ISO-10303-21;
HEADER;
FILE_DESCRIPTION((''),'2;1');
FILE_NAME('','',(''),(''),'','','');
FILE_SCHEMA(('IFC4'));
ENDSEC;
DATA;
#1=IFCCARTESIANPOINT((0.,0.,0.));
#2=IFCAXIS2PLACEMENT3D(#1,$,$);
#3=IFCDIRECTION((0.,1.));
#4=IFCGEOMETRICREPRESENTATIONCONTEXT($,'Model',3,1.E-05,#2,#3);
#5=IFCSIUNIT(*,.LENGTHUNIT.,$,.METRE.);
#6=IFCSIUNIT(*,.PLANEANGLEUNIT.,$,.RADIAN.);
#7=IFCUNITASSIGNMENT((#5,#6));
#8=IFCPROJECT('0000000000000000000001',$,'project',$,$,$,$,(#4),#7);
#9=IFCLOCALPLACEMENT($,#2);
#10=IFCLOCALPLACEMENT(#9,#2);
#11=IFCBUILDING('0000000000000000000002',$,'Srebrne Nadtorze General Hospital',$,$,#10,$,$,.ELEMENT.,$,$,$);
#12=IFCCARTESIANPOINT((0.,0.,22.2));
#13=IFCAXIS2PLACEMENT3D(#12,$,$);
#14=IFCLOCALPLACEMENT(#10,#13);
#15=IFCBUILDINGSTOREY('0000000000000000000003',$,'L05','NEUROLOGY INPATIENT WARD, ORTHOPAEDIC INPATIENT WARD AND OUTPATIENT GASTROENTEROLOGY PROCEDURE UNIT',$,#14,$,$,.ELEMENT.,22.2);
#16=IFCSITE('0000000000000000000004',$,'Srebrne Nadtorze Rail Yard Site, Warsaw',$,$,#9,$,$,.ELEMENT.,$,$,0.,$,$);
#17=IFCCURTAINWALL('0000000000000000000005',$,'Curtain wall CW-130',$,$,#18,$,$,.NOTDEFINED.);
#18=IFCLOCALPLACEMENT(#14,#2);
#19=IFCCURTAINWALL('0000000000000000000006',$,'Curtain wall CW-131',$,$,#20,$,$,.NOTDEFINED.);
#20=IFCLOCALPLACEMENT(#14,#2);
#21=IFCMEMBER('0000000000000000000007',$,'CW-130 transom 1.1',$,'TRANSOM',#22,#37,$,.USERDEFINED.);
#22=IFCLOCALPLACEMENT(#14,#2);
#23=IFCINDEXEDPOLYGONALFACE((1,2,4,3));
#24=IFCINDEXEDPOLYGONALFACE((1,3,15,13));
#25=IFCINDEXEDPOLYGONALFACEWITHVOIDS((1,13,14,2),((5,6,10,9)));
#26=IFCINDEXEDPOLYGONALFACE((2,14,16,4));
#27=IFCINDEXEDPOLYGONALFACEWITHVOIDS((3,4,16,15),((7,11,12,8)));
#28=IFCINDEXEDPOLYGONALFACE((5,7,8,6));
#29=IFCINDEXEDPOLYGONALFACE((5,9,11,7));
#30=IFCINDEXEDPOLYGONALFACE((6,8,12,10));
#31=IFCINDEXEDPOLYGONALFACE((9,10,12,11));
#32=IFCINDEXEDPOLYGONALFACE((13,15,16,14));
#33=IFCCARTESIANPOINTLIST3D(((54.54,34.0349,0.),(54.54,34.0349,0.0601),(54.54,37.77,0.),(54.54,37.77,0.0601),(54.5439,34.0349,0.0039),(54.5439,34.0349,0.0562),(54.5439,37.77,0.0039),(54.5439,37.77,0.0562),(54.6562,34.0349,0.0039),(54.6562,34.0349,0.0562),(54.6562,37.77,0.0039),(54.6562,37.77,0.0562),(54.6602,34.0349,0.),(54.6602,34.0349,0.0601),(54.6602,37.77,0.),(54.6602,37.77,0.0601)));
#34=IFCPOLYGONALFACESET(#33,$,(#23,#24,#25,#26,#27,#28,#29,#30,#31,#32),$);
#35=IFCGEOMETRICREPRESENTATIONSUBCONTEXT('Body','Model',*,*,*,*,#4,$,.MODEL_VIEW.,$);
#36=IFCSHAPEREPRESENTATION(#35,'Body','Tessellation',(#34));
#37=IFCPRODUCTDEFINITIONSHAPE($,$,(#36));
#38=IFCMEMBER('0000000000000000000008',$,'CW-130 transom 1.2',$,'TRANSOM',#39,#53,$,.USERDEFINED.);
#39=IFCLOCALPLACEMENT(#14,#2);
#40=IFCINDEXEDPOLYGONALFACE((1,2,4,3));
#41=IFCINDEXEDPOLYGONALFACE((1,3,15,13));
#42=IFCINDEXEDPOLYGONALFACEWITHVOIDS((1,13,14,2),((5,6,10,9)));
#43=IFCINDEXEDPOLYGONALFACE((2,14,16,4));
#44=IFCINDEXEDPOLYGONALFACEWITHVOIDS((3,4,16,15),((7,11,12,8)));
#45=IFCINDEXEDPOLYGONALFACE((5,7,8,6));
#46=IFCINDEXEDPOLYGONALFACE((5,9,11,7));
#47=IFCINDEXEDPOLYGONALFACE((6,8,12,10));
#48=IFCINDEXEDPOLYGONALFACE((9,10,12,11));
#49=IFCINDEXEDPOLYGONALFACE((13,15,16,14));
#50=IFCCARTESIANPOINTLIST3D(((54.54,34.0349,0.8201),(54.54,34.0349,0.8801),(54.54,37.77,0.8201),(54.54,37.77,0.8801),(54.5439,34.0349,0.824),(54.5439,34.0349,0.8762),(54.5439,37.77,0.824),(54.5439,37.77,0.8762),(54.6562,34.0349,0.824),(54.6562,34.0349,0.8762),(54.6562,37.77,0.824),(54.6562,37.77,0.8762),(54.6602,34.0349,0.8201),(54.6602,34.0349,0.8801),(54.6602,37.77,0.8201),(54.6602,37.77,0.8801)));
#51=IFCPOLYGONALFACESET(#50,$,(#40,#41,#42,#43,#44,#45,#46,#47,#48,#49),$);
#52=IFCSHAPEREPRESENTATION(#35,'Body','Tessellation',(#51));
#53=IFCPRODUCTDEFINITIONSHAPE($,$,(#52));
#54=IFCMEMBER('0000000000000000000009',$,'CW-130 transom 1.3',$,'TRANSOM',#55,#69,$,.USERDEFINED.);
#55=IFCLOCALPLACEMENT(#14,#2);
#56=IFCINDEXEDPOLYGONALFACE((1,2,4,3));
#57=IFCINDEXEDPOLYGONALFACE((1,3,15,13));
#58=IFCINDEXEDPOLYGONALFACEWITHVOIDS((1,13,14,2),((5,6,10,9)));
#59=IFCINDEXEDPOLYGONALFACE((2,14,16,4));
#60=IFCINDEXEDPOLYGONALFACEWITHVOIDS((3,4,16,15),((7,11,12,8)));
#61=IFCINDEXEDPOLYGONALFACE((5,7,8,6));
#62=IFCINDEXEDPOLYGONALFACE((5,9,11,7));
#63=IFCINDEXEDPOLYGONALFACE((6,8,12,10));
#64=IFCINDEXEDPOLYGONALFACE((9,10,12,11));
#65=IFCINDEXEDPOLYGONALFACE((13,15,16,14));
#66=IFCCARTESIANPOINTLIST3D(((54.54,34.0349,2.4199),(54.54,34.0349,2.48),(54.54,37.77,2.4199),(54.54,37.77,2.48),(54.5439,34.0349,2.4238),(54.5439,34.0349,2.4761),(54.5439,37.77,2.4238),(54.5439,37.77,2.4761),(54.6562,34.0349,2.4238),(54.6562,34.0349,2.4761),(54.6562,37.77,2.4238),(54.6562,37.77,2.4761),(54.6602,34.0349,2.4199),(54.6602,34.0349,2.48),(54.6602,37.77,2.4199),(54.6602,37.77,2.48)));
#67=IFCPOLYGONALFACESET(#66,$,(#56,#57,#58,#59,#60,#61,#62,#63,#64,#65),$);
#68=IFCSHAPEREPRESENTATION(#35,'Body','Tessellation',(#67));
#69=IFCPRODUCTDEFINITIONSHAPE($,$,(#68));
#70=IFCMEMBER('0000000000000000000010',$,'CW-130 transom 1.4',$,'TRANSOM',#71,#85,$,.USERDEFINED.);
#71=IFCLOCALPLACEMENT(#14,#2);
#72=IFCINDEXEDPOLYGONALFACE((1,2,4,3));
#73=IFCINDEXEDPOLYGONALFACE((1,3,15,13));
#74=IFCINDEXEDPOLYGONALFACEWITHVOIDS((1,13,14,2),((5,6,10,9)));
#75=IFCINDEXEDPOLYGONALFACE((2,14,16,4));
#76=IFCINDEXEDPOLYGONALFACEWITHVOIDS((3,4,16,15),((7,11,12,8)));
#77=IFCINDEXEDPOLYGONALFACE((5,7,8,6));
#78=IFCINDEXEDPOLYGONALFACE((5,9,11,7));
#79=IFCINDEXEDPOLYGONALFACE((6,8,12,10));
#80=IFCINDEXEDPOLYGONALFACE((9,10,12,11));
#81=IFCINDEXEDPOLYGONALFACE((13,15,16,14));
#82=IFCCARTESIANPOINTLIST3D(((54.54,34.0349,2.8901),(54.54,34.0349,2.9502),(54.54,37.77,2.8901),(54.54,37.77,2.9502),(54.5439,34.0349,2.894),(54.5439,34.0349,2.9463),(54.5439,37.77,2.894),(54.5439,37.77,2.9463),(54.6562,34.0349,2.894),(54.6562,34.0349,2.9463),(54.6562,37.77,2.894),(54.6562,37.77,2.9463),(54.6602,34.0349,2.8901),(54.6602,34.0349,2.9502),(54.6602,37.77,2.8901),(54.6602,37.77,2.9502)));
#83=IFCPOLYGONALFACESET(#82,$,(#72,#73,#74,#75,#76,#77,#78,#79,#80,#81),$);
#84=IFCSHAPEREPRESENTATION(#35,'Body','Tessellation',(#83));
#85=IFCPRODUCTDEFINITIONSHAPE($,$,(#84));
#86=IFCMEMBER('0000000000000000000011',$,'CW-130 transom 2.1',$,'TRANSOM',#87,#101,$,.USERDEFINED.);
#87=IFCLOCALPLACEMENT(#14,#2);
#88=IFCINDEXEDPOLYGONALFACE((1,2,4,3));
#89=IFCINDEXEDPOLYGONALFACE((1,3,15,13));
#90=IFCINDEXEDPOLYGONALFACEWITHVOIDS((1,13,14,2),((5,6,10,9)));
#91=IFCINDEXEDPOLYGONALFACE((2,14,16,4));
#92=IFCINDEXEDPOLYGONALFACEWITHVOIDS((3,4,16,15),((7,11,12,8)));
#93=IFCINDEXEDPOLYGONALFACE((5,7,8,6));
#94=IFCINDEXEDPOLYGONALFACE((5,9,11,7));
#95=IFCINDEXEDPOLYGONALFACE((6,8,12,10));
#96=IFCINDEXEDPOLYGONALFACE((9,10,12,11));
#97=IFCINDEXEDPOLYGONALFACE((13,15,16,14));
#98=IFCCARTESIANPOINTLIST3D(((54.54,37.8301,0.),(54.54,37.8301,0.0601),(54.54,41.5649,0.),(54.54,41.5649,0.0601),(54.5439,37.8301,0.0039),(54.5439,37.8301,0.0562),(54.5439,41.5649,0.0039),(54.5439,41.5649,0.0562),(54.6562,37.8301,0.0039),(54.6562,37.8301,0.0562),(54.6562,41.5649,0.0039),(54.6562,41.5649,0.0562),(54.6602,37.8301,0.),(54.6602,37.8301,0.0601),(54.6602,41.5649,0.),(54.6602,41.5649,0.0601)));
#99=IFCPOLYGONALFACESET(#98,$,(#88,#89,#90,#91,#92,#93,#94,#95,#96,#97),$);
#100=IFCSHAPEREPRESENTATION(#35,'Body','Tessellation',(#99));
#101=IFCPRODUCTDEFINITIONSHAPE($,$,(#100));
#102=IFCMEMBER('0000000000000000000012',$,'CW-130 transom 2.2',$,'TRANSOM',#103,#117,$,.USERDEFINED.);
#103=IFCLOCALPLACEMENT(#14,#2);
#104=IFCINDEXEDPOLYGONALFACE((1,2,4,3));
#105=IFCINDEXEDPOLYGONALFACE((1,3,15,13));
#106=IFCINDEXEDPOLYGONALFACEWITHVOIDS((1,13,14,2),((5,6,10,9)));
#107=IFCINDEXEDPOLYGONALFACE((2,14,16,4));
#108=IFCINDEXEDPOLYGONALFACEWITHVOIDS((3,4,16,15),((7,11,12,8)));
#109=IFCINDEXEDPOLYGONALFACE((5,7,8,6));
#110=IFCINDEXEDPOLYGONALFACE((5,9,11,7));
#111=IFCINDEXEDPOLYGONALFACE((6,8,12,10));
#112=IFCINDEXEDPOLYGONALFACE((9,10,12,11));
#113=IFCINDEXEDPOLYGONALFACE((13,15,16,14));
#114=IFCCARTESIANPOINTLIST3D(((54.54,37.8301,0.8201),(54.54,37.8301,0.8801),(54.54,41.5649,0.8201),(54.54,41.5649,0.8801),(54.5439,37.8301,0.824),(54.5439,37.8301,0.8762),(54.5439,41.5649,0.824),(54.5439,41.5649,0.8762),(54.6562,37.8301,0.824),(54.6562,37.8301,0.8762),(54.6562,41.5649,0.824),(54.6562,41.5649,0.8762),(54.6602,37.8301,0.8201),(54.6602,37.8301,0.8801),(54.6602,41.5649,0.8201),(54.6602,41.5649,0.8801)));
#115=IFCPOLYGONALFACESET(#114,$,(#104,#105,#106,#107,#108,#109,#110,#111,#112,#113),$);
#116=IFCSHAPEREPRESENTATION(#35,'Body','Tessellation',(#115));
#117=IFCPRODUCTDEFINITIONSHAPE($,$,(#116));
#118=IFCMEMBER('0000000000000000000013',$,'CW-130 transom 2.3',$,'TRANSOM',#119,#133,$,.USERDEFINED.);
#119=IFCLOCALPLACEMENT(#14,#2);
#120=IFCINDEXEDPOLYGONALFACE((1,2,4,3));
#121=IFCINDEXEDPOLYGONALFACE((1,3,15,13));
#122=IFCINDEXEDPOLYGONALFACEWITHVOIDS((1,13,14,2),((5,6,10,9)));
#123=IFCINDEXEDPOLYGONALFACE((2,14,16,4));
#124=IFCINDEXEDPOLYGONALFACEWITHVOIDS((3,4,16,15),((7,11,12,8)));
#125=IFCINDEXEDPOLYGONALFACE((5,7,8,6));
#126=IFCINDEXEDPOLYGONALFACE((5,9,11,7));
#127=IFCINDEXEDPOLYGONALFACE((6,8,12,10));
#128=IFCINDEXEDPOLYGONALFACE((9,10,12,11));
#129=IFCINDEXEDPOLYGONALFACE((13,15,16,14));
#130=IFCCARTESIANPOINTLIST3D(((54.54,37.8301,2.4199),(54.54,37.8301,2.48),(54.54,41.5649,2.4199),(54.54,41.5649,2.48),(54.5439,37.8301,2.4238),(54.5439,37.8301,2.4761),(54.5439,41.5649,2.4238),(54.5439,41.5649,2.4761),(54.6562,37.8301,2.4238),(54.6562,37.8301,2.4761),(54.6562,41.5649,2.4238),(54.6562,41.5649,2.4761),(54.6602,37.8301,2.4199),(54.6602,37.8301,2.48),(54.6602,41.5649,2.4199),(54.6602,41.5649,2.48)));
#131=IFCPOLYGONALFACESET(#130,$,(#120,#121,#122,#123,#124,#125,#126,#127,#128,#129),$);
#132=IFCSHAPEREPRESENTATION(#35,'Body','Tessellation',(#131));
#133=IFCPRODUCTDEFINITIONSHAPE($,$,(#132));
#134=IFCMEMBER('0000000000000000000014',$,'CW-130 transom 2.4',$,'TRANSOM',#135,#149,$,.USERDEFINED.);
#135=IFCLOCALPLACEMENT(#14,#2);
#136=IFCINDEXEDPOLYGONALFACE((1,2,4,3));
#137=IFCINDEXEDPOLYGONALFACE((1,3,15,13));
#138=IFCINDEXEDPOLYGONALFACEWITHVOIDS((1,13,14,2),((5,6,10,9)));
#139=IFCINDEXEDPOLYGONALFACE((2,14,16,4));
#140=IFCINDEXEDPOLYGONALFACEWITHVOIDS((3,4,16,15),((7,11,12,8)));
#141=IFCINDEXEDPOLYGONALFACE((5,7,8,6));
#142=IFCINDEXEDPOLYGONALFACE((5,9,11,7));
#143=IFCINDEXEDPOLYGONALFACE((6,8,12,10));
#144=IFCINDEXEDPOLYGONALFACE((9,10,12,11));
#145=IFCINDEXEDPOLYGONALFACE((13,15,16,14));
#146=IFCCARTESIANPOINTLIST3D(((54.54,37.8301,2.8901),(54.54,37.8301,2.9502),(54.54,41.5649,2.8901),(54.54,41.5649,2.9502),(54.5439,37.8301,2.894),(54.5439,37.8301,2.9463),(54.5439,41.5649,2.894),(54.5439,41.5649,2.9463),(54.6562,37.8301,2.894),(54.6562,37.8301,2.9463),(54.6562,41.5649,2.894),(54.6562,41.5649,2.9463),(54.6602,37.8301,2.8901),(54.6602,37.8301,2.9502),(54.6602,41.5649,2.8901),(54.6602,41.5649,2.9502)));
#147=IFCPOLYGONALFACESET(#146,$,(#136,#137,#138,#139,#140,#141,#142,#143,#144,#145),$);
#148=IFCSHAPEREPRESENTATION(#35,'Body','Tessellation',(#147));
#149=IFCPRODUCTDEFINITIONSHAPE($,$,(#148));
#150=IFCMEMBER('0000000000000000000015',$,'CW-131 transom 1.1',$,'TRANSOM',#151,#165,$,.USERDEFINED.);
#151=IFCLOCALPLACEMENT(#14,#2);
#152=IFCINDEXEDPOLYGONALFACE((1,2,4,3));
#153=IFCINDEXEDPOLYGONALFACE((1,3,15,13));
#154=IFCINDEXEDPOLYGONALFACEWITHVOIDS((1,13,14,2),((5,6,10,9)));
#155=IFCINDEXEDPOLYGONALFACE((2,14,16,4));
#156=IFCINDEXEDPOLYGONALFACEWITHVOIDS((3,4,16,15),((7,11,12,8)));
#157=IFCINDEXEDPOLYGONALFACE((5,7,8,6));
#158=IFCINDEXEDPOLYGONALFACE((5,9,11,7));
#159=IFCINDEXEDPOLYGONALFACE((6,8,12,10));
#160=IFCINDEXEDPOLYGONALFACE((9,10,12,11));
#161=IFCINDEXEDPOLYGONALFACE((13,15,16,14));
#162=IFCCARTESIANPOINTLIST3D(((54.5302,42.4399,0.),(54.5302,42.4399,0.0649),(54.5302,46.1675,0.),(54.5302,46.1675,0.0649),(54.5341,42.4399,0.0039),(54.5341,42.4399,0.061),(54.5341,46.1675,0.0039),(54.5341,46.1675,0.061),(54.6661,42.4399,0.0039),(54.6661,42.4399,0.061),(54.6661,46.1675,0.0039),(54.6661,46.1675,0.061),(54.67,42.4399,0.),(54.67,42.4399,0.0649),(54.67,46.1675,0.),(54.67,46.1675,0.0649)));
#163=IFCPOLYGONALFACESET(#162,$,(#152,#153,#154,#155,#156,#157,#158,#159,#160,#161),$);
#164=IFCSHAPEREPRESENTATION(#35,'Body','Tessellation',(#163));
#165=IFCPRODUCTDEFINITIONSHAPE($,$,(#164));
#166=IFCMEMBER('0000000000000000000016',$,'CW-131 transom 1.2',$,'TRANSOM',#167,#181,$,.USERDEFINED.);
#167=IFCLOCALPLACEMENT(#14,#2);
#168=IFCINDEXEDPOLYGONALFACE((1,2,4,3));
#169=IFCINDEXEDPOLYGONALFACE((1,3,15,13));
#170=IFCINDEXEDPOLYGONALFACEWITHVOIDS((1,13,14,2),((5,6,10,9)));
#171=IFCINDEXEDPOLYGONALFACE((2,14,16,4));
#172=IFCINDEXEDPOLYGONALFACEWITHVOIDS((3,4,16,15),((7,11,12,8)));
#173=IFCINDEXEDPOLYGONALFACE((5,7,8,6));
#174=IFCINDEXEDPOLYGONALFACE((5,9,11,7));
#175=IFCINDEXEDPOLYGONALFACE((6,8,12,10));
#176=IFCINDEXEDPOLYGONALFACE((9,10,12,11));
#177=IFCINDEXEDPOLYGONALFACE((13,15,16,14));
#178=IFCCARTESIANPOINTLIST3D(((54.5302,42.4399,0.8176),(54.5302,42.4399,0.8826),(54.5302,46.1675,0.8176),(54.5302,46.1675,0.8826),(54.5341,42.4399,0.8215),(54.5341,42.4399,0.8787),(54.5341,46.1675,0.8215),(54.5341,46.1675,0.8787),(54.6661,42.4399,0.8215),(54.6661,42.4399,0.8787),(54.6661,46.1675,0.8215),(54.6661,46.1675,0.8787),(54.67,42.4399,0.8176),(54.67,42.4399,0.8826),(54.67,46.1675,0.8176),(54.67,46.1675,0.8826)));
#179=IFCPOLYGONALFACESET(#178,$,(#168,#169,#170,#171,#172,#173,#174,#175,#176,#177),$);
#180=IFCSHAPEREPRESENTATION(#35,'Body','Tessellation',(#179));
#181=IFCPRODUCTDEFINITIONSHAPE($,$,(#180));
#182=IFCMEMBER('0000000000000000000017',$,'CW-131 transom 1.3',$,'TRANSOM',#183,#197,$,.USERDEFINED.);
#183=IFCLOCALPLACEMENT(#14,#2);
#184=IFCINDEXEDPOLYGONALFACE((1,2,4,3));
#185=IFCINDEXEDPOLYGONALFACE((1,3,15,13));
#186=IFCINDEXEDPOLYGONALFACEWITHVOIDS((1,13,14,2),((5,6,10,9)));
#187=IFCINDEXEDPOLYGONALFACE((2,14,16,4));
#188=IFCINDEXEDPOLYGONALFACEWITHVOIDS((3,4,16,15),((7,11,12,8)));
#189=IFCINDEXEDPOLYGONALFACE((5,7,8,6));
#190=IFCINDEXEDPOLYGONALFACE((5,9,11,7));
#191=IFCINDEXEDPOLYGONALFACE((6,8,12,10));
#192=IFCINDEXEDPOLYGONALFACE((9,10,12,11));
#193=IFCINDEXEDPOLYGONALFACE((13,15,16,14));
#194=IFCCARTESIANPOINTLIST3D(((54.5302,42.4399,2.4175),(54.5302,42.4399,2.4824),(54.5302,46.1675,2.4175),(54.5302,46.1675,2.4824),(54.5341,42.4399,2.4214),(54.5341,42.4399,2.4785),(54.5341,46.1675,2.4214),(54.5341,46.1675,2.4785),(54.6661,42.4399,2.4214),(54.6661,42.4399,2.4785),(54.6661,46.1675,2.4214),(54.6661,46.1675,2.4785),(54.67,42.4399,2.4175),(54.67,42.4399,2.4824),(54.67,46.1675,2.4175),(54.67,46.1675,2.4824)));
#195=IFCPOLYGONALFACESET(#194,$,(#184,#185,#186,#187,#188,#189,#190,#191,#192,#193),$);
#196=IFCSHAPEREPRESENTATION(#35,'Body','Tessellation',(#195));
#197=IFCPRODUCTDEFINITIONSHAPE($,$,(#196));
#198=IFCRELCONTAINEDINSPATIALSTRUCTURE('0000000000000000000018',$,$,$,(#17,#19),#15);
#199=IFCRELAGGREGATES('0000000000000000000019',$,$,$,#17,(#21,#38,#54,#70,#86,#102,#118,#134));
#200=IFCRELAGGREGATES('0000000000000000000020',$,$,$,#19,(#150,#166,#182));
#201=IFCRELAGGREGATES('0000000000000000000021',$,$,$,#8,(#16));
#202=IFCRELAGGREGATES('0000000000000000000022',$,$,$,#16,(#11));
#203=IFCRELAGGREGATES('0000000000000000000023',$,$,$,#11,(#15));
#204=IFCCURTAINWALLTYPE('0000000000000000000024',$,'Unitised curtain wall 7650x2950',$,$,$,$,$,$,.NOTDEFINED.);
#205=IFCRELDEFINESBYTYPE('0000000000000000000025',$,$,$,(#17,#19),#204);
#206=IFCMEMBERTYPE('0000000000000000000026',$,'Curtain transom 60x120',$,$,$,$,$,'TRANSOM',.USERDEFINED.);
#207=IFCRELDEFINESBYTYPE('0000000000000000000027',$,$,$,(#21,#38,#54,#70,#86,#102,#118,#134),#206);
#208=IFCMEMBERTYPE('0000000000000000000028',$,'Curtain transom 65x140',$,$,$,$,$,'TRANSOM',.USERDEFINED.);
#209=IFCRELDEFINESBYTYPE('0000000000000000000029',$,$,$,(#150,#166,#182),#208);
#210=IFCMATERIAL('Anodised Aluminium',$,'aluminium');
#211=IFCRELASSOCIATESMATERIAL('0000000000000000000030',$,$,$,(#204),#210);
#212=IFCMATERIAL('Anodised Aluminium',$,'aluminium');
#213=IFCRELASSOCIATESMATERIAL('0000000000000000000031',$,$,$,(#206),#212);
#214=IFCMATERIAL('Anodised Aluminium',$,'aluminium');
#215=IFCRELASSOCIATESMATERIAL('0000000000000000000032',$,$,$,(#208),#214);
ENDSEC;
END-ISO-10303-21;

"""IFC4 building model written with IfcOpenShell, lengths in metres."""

from ifc_helpers import new_model, si_unit, direction, frame, origin, origin_2d, place, context, subcontext, project, spatial, hollow_rectangle, extrude, material, material_profile, profile_set, type_object, element, aggregate, save


model = new_model("IFC4")

# Units and contexts
model_context = context("Model", 3, precision=1e-05, world=origin(), true_north=direction((0.0, 1.0)))
body_context = subcontext(model_context, "Body", "Model", "MODEL_VIEW")
ifc_project = project(units=[si_unit("LENGTHUNIT", "METRE"), si_unit("PLANEANGLEUNIT", "RADIAN")], contexts=[model_context])

# Site, building, storey
site_placement = place(None, origin())
site = spatial("IfcSite", under=ifc_project, at=site_placement, Name="Srebrne Nadtorze Rail Yard Site, Warsaw", CompositionType="ELEMENT", RefElevation=0.0)
building_placement = place(site_placement, origin())
building = spatial("IfcBuilding", under=site, at=building_placement, Name="Srebrne Nadtorze General Hospital", CompositionType="ELEMENT")
storey_placement = place(building_placement, frame((0.0, 0.0, 22.2)))
storey = spatial("IfcBuildingStorey", under=building, at=storey_placement, Name="L05", Description="NEUROLOGY INPATIENT WARD, ORTHOPAEDIC INPATIENT WARD AND OUTPATIENT GASTROENTEROLOGY PROCEDURE UNIT", CompositionType="ELEMENT", Elevation=22.2)

# Curtain walls
ifc_material_1 = material(Name="Anodised Aluminium", Category="aluminium")
curtain_wall_type_1 = type_object("IfcCurtainWallType", Name="Unitised curtain wall 7650x2950", PredefinedType="NOTDEFINED", material=ifc_material_1)
curtain_wall_1_placement = place(storey_placement, origin())
curtain_wall_1 = element("IfcCurtainWall", 1, at=curtain_wall_1_placement, inside=storey, type_object=curtain_wall_type_1, Name="Curtain wall CW-130", PredefinedType="NOTDEFINED")
curtain_wall_2_placement = place(storey_placement, origin())
curtain_wall_2 = element("IfcCurtainWall", 2, at=curtain_wall_2_placement, inside=storey, type_object=curtain_wall_type_1, Name="Curtain wall CW-131", PredefinedType="NOTDEFINED")

# Members
ifc_material_2 = material(Name="Anodised Aluminium", Category="aluminium")
ifc_material_profile_1 = material_profile(ifc_material_2, hollow_rectangle(XDim=0.0601, YDim=0.1201, WallThickness=0.0039, at=origin_2d()), Name="AL-TRN-60x120")
ifc_profile_set_1 = profile_set([ifc_material_profile_1], Name="Anodised Aluminium")
member_type_1 = type_object("IfcMemberType", Name="Curtain transom 60x120", ElementType="TRANSOM", PredefinedType="USERDEFINED", material=ifc_profile_set_1)
member_1_placement = place(storey_placement, frame((54.6001, 34.0349, 0.03), z_axis=(0.0, 1.0, 0.0), x_axis=(0.0, 0.0, 1.0)))
member_1 = element("IfcMember", 3, at=member_1_placement, type_object=member_type_1, Name="CW-130 transom 1.1", ObjectType="TRANSOM", PredefinedType="USERDEFINED", context=body_context, shape_type="SweptSolid", body=[
    extrude(hollow_rectangle(XDim=0.0601, YDim=0.1201, WallThickness=0.0039, at=origin_2d()), origin(), (0.0, 0.0, 1.0), 3.7351),
])
member_2_placement = place(storey_placement, frame((54.6001, 34.0349, 0.8501), z_axis=(0.0, 1.0, 0.0), x_axis=(0.0, 0.0, 1.0)))
member_2 = element("IfcMember", 4, at=member_2_placement, type_object=member_type_1, Name="CW-130 transom 1.2", ObjectType="TRANSOM", PredefinedType="USERDEFINED", context=body_context, shape_type="SweptSolid", body=[
    extrude(hollow_rectangle(XDim=0.0601, YDim=0.1201, WallThickness=0.0039, at=origin_2d()), origin(), (0.0, 0.0, 1.0), 3.7351),
])
member_3_placement = place(storey_placement, frame((54.6001, 34.0349, 2.45), z_axis=(0.0, 1.0, 0.0), x_axis=(0.0, 0.0, 1.0)))
member_3 = element("IfcMember", 5, at=member_3_placement, type_object=member_type_1, Name="CW-130 transom 1.3", ObjectType="TRANSOM", PredefinedType="USERDEFINED", context=body_context, shape_type="SweptSolid", body=[
    extrude(hollow_rectangle(XDim=0.0601, YDim=0.1201, WallThickness=0.0039, at=origin_2d()), origin(), (0.0, 0.0, 1.0), 3.7351),
])
member_4_placement = place(storey_placement, frame((54.6001, 34.0349, 2.9202), z_axis=(0.0, 1.0, 0.0), x_axis=(0.0, 0.0, 1.0)))
member_4 = element("IfcMember", 6, at=member_4_placement, type_object=member_type_1, Name="CW-130 transom 1.4", ObjectType="TRANSOM", PredefinedType="USERDEFINED", context=body_context, shape_type="SweptSolid", body=[
    extrude(hollow_rectangle(XDim=0.0601, YDim=0.1201, WallThickness=0.0039, at=origin_2d()), origin(), (0.0, 0.0, 1.0), 3.7351),
])
member_5_placement = place(storey_placement, frame((54.6001, 37.8301, 0.03), z_axis=(0.0, 1.0, 0.0), x_axis=(0.0, 0.0, 1.0)))
member_5 = element("IfcMember", 7, at=member_5_placement, type_object=member_type_1, Name="CW-130 transom 2.1", ObjectType="TRANSOM", PredefinedType="USERDEFINED", context=body_context, shape_type="SweptSolid", body=[
    extrude(hollow_rectangle(XDim=0.0601, YDim=0.1201, WallThickness=0.0039, at=origin_2d()), origin(), (0.0, 0.0, 1.0), 3.7349),
])
member_6_placement = place(storey_placement, frame((54.6001, 37.8301, 0.8501), z_axis=(0.0, 1.0, 0.0), x_axis=(0.0, 0.0, 1.0)))
member_6 = element("IfcMember", 8, at=member_6_placement, type_object=member_type_1, Name="CW-130 transom 2.2", ObjectType="TRANSOM", PredefinedType="USERDEFINED", context=body_context, shape_type="SweptSolid", body=[
    extrude(hollow_rectangle(XDim=0.0601, YDim=0.1201, WallThickness=0.0039, at=origin_2d()), origin(), (0.0, 0.0, 1.0), 3.7349),
])
member_7_placement = place(storey_placement, frame((54.6001, 37.8301, 2.45), z_axis=(0.0, 1.0, 0.0), x_axis=(0.0, 0.0, 1.0)))
member_7 = element("IfcMember", 9, at=member_7_placement, type_object=member_type_1, Name="CW-130 transom 2.3", ObjectType="TRANSOM", PredefinedType="USERDEFINED", context=body_context, shape_type="SweptSolid", body=[
    extrude(hollow_rectangle(XDim=0.0601, YDim=0.1201, WallThickness=0.0039, at=origin_2d()), origin(), (0.0, 0.0, 1.0), 3.7349),
])
member_8_placement = place(storey_placement, frame((54.6001, 37.8301, 2.9202), z_axis=(0.0, 1.0, 0.0), x_axis=(0.0, 0.0, 1.0)))
member_8 = element("IfcMember", 10, at=member_8_placement, type_object=member_type_1, Name="CW-130 transom 2.4", ObjectType="TRANSOM", PredefinedType="USERDEFINED", context=body_context, shape_type="SweptSolid", body=[
    extrude(hollow_rectangle(XDim=0.0601, YDim=0.1201, WallThickness=0.0039, at=origin_2d()), origin(), (0.0, 0.0, 1.0), 3.7349),
])
ifc_material_3 = material(Name="Anodised Aluminium", Category="aluminium")
ifc_material_profile_2 = material_profile(ifc_material_3, hollow_rectangle(XDim=0.0649, YDim=0.1399, WallThickness=0.0039, at=origin_2d()), Name="AL-TRN-65x140")
ifc_profile_set_2 = profile_set([ifc_material_profile_2], Name="Anodised Aluminium")
member_type_2 = type_object("IfcMemberType", Name="Curtain transom 65x140", ElementType="TRANSOM", PredefinedType="USERDEFINED", material=ifc_profile_set_2)
member_9_placement = place(storey_placement, frame((54.6001, 42.4399, 0.0325), z_axis=(0.0, 1.0, 0.0), x_axis=(0.0, 0.0, 1.0)))
member_9 = element("IfcMember", 11, at=member_9_placement, type_object=member_type_2, Name="CW-131 transom 1.1", ObjectType="TRANSOM", PredefinedType="USERDEFINED", context=body_context, shape_type="SweptSolid", body=[
    extrude(hollow_rectangle(XDim=0.0649, YDim=0.1399, WallThickness=0.0039, at=origin_2d()), origin(), (0.0, 0.0, 1.0), 3.7275),
])
member_10_placement = place(storey_placement, frame((54.6001, 42.4399, 0.8501), z_axis=(0.0, 1.0, 0.0), x_axis=(0.0, 0.0, 1.0)))
member_10 = element("IfcMember", 12, at=member_10_placement, type_object=member_type_2, Name="CW-131 transom 1.2", ObjectType="TRANSOM", PredefinedType="USERDEFINED", context=body_context, shape_type="SweptSolid", body=[
    extrude(hollow_rectangle(XDim=0.0649, YDim=0.1399, WallThickness=0.0039, at=origin_2d()), origin(), (0.0, 0.0, 1.0), 3.7275),
])
member_11_placement = place(storey_placement, frame((54.6001, 42.4399, 2.45), z_axis=(0.0, 1.0, 0.0), x_axis=(0.0, 0.0, 1.0)))
member_11 = element("IfcMember", 13, at=member_11_placement, type_object=member_type_2, Name="CW-131 transom 1.3", ObjectType="TRANSOM", PredefinedType="USERDEFINED", context=body_context, shape_type="SweptSolid", body=[
    extrude(hollow_rectangle(XDim=0.0649, YDim=0.1399, WallThickness=0.0039, at=origin_2d()), origin(), (0.0, 0.0, 1.0), 3.7275),
])

aggregate(curtain_wall_1, [member_1, member_2, member_3, member_4, member_5, member_6, member_7, member_8])
aggregate(curtain_wall_2, [member_9, member_10, member_11])

save(model, "model.ifc")
